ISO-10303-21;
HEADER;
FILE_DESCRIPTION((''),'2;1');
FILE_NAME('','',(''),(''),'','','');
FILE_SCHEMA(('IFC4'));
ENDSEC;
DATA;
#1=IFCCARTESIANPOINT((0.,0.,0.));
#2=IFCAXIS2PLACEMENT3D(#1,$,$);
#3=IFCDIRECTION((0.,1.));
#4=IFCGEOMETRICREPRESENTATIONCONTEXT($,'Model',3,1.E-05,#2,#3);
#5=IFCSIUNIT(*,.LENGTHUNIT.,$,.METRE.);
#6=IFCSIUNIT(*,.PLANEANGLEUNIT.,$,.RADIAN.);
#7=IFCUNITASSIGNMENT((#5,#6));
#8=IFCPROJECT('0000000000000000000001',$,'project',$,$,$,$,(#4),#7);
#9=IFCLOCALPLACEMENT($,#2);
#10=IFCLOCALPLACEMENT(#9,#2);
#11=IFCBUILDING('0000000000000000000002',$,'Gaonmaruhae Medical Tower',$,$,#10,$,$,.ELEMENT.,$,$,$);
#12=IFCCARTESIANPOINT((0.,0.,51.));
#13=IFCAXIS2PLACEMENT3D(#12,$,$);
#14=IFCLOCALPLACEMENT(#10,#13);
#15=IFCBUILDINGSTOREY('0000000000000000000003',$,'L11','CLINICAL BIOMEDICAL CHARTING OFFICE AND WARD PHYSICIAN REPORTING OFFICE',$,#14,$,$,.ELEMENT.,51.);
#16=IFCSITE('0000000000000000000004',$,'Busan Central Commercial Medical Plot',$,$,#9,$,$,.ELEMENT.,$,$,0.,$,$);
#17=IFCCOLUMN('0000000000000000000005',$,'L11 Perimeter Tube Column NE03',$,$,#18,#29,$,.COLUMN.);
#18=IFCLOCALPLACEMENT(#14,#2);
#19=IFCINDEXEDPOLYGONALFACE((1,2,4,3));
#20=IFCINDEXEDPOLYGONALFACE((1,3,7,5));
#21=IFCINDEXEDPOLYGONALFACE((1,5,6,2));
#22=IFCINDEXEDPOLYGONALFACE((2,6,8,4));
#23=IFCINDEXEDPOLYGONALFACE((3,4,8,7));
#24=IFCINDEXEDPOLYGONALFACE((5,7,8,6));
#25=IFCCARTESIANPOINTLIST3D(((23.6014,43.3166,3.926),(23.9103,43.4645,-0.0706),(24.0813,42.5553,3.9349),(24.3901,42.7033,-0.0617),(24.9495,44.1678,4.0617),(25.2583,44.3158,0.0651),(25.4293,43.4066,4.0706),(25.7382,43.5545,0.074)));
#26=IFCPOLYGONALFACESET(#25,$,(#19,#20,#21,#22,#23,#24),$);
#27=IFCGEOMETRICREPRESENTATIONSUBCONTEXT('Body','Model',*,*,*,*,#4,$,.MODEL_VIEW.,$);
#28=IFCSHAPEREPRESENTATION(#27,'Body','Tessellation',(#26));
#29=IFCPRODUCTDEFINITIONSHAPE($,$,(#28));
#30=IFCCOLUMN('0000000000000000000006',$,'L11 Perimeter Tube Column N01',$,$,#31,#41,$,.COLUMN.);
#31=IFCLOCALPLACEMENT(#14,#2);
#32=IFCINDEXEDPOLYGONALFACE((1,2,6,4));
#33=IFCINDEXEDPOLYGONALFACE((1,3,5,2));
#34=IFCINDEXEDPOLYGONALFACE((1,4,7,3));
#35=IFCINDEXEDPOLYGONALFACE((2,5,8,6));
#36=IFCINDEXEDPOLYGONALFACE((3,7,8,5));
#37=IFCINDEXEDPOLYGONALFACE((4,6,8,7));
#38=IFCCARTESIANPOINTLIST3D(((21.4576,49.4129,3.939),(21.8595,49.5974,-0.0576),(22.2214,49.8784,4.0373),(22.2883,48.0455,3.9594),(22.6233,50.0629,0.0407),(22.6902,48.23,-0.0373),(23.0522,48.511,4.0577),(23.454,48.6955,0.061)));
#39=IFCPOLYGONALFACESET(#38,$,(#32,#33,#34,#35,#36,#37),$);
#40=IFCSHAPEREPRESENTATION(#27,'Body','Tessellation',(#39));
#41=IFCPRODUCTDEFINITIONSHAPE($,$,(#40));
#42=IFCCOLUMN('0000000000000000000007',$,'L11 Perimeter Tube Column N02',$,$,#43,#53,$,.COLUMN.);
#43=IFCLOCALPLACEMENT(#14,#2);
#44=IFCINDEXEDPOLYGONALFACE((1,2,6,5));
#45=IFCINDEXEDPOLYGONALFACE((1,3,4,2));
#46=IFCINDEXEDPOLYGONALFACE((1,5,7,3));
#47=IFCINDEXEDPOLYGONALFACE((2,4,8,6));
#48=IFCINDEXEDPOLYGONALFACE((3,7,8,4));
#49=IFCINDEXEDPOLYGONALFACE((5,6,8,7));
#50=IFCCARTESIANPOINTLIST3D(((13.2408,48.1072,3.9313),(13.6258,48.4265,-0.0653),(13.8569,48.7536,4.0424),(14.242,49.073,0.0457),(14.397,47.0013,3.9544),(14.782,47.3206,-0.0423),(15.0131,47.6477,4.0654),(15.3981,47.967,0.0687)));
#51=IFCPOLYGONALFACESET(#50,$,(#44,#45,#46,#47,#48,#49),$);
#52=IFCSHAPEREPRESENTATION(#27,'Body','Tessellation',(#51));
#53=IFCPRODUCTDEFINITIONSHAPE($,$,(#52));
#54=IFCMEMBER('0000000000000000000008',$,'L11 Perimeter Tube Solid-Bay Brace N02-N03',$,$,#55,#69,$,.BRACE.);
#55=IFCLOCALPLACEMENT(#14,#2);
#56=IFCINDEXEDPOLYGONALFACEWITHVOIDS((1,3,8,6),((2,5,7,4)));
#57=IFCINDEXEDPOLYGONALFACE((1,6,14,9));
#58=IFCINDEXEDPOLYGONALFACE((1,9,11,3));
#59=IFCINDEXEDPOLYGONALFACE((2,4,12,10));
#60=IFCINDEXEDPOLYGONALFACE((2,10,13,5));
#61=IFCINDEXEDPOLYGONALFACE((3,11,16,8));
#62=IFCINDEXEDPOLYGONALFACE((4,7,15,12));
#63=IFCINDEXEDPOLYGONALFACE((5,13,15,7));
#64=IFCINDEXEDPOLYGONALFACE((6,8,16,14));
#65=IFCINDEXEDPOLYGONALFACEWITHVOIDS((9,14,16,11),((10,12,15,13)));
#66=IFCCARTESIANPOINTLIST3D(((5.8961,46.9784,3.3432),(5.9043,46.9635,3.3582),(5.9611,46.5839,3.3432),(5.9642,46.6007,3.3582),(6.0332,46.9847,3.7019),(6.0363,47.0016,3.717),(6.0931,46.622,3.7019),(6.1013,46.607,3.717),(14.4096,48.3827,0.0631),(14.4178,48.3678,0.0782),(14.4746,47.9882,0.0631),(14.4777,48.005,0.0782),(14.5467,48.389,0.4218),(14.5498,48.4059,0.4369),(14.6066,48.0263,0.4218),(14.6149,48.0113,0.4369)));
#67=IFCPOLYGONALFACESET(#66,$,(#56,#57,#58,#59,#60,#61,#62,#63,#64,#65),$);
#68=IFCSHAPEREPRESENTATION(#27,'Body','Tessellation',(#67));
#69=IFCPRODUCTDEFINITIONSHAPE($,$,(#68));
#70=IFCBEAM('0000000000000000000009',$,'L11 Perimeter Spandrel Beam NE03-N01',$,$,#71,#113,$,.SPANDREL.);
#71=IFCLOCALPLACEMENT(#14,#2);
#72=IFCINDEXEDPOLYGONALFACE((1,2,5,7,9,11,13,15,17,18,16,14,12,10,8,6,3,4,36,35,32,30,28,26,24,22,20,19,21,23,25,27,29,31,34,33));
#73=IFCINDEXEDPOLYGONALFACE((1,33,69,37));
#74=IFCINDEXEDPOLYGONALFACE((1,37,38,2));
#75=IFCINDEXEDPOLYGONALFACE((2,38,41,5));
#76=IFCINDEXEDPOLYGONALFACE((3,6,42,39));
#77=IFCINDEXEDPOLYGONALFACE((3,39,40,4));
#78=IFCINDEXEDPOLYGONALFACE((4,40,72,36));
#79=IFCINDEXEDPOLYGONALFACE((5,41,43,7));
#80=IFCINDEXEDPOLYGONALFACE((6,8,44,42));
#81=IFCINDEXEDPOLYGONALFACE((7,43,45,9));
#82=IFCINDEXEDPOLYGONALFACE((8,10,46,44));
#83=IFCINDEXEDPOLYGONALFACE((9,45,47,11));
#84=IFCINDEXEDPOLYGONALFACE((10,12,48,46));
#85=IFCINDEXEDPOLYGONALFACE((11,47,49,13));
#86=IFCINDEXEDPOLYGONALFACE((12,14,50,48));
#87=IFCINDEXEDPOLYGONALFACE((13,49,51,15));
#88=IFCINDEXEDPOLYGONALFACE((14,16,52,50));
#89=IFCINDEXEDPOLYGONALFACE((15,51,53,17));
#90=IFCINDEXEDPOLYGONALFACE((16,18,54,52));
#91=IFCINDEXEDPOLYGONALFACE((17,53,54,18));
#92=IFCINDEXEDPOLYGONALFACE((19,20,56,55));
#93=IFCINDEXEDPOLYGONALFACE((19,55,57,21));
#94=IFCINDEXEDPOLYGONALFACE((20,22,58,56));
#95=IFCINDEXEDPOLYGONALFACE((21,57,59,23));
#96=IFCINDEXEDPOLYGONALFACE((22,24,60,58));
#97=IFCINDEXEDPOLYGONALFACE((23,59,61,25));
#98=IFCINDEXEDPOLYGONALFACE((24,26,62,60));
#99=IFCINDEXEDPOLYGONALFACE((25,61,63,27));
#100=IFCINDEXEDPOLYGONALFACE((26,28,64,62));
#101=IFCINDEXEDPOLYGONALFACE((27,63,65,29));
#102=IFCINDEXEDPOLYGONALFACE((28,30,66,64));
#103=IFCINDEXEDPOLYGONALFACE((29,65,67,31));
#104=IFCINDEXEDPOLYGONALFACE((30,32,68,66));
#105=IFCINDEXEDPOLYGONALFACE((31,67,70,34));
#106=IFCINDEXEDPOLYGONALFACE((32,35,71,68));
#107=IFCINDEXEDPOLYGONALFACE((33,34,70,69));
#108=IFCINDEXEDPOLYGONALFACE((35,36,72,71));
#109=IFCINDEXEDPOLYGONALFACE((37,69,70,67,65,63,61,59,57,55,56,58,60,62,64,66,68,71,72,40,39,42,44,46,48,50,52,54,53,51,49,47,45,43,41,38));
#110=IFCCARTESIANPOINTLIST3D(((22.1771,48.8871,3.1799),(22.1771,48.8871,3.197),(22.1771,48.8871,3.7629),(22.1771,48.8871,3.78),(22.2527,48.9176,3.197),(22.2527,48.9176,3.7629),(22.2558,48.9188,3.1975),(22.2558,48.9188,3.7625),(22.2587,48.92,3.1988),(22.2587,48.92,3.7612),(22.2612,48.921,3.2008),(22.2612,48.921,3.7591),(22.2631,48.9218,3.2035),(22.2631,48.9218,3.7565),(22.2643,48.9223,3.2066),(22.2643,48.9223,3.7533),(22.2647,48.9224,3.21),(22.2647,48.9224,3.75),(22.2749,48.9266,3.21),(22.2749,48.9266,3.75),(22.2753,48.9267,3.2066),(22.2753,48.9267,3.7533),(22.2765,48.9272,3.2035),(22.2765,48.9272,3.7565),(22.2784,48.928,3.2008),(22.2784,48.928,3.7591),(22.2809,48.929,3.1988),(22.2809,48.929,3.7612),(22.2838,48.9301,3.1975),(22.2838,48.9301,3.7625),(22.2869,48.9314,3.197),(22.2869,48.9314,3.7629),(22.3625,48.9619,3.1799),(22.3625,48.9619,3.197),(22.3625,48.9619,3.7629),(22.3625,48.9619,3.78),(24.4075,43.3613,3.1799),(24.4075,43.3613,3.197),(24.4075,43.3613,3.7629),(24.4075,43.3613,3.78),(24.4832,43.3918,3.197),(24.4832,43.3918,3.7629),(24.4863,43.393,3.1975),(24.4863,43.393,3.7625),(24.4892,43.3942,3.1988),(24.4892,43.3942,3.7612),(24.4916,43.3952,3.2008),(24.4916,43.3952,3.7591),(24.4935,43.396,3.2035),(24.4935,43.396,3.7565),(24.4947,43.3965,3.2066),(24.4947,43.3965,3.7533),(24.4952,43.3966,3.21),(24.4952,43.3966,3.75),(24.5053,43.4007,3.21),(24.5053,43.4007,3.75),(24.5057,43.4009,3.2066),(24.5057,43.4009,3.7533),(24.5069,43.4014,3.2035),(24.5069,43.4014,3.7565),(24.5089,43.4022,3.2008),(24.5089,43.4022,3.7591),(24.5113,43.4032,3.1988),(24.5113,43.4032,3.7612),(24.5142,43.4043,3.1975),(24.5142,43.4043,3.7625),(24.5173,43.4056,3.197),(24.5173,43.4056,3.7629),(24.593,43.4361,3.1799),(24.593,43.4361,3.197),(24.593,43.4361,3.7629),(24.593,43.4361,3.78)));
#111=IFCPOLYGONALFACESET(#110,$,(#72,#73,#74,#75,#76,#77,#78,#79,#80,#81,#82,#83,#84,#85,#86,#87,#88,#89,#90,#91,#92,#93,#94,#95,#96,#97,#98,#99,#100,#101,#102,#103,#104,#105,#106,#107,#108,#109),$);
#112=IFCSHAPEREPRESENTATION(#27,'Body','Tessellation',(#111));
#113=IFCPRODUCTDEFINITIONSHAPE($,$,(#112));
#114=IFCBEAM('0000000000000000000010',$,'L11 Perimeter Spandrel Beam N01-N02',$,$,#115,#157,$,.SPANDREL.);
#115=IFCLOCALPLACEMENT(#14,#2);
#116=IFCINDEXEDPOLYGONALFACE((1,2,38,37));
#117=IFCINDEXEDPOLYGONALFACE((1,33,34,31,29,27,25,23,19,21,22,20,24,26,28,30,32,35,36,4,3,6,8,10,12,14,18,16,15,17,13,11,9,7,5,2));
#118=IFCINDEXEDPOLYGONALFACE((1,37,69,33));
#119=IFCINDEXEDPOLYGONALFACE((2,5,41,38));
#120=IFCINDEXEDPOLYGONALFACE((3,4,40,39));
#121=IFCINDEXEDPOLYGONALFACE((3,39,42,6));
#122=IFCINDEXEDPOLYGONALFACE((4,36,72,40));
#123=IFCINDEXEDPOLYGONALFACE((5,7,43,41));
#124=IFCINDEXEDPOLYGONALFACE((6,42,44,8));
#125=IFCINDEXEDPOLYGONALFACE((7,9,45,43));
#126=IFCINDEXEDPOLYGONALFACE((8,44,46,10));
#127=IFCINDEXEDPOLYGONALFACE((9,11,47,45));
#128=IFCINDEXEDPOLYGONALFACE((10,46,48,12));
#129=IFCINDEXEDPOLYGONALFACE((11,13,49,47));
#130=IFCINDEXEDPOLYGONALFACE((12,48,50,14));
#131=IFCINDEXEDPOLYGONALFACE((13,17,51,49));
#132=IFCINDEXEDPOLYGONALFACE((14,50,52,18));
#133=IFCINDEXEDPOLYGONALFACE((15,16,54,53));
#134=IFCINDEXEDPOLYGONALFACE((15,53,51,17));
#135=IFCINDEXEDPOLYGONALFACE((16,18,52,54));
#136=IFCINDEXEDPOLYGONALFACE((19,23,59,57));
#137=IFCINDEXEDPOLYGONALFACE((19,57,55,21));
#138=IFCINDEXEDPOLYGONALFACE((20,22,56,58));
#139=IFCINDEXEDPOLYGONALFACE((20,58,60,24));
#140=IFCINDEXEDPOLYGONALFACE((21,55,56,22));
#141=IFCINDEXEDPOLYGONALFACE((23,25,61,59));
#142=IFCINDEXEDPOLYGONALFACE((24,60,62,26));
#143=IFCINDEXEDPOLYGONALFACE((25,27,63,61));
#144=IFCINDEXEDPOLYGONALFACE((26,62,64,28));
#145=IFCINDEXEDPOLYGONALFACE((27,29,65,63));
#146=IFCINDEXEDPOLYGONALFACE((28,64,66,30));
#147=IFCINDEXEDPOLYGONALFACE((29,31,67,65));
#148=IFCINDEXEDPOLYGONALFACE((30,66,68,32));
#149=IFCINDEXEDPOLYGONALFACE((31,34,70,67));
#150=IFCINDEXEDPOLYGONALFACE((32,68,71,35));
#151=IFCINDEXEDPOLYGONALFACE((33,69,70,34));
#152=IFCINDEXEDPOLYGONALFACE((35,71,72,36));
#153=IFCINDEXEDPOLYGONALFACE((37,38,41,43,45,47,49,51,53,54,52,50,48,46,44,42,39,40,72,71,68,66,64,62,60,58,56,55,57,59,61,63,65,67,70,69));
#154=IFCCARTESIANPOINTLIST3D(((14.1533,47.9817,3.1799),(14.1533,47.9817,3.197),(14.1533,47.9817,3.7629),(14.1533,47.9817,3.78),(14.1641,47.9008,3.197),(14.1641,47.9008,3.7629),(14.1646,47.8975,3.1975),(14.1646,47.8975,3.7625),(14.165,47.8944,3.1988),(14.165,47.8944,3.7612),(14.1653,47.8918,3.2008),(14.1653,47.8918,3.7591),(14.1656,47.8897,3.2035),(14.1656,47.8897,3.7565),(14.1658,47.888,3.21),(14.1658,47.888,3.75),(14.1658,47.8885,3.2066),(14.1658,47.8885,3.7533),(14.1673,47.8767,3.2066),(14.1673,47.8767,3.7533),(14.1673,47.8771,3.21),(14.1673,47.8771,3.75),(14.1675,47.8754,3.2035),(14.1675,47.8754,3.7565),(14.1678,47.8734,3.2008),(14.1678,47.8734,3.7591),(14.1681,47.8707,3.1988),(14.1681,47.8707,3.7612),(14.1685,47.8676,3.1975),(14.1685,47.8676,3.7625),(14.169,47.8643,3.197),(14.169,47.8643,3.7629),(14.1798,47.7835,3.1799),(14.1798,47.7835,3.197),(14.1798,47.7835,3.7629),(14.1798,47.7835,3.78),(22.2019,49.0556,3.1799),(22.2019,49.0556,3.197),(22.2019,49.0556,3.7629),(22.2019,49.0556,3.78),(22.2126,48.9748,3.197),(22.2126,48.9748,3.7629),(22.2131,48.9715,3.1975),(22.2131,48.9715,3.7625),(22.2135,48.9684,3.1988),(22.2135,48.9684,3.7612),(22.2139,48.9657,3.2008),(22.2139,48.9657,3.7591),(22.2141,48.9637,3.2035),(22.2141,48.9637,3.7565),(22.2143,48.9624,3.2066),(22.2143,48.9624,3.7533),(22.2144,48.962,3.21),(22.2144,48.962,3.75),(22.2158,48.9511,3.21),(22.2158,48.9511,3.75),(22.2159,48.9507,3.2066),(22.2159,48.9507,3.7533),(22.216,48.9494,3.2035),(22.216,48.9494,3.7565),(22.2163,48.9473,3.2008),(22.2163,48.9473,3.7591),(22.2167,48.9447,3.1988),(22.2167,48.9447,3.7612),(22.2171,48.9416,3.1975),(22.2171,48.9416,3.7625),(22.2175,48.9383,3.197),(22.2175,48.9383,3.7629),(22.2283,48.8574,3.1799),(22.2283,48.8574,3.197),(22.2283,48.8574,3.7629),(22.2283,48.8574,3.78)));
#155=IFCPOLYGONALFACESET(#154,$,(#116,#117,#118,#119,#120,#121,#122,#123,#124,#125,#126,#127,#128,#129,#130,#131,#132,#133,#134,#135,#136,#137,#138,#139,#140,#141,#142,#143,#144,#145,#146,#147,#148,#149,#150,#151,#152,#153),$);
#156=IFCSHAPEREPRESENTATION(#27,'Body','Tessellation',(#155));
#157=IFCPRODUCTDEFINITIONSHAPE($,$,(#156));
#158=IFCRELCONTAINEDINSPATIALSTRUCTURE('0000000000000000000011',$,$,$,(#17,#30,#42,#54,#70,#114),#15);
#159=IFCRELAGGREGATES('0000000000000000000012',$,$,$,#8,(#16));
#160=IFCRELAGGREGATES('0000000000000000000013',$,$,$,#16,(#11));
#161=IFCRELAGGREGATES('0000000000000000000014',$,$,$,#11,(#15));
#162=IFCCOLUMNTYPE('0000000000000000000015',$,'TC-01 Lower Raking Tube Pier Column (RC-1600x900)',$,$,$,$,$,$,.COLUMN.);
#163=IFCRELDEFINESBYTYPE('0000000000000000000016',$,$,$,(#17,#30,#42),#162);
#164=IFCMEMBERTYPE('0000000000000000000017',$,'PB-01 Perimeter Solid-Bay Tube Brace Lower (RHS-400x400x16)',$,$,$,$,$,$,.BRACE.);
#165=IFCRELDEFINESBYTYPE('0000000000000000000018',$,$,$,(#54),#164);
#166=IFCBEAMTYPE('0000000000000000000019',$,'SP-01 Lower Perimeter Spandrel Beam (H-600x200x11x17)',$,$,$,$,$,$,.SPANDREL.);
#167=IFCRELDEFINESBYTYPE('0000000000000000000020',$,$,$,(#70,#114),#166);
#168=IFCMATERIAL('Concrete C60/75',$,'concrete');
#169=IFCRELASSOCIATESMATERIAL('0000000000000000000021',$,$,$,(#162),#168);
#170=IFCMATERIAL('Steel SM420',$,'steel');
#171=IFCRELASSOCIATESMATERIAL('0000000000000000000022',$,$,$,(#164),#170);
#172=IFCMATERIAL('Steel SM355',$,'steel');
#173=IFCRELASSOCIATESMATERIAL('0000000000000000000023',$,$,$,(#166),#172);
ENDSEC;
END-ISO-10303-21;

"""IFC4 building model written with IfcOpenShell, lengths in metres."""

from ifc_helpers import new_model, si_unit, direction, frame, origin, origin_2d, place, context, subcontext, project, spatial, rectangle, hollow_rectangle, i_section, extrude, material, material_profile, profile_set, type_object, element, save


model = new_model("IFC4")

# Units and contexts
model_context = context("Model", 3, precision=1e-05, world=origin(), true_north=direction((0.0, 1.0)))
body_context = subcontext(model_context, "Body", "Model", "MODEL_VIEW")
ifc_project = project(units=[si_unit("LENGTHUNIT", "METRE"), si_unit("PLANEANGLEUNIT", "RADIAN")], contexts=[model_context])

# Site, building, storey
site_placement = place(None, origin())
site = spatial("IfcSite", under=ifc_project, at=site_placement, Name="Busan Central Commercial Medical Plot", CompositionType="ELEMENT", RefElevation=0.0)
building_placement = place(site_placement, origin())
building = spatial("IfcBuilding", under=site, at=building_placement, Name="Gaonmaruhae Medical Tower", CompositionType="ELEMENT")
storey_placement = place(building_placement, frame((0.0, 0.0, 51.0)))
storey = spatial("IfcBuildingStorey", under=building, at=storey_placement, Name="L11", Description="CLINICAL BIOMEDICAL CHARTING OFFICE AND WARD PHYSICIAN REPORTING OFFICE", CompositionType="ELEMENT", Elevation=51.0)

# Columns
ifc_material_1 = material(Name="Concrete C60/75", Category="concrete")
ifc_material_profile_1 = material_profile(ifc_material_1, rectangle(XDim=1.6001, YDim=0.8999, at=origin_2d()), Name="RC-1600x900")
ifc_profile_set_1 = profile_set([ifc_material_profile_1], Name="Concrete C60/75")
column_type = type_object("IfcColumnType", Name="TC-01 Lower Raking Tube Pier Column (RC-1600x900)", PredefinedType="COLUMN", material=ifc_profile_set_1)
column_1_placement = place(storey_placement, frame((24.8242, 43.5095, 0.0017), z_axis=(-0.076993, -0.036884, 0.996349), x_axis=(0.842487, 0.532001, 0.084798)))
element("IfcColumn", 1, at=column_1_placement, inside=storey, type_object=column_type, Name="L11 Perimeter Tube Column NE03", PredefinedType="COLUMN", context=body_context, shape_type="SweptSolid", body=[
    extrude(rectangle(XDim=1.6001, YDim=0.8999, at=origin_2d()), origin(), (0.0, 0.0, 1.0), 4.0112),
])
column_2_placement = place(storey_placement, frame((22.6567, 49.1465, 0.0017), z_axis=(-0.09994, -0.045902, 0.993934), x_axis=(0.519166, -0.854579, 0.012736)))
element("IfcColumn", 2, at=column_2_placement, inside=storey, type_object=column_type, Name="L11 Perimeter Tube Column N01", PredefinedType="COLUMN", context=body_context, shape_type="SweptSolid", body=[
    extrude(rectangle(XDim=1.6001, YDim=0.8999, at=origin_2d()), origin(), (0.0, 0.0, 1.0), 4.021),
])
column_3_placement = place(storey_placement, frame((14.512, 48.1968, 0.0017), z_axis=(-0.095589, -0.079284, 0.992258), x_axis=(0.722555, -0.691163, 0.014382)))
element("IfcColumn", 3, at=column_3_placement, inside=storey, type_object=column_type, Name="L11 Perimeter Tube Column N02", PredefinedType="COLUMN", context=body_context, shape_type="SweptSolid", body=[
    extrude(rectangle(XDim=1.6001, YDim=0.8999, at=origin_2d()), origin(), (0.0, 0.0, 1.0), 4.0278),
])

# Member
ifc_material_2 = material(Name="Steel SM420", Category="steel")
ifc_material_profile_2 = material_profile(ifc_material_2, hollow_rectangle(XDim=0.3999, YDim=0.3999, WallThickness=0.0161, at=origin_2d()), Name="RHS-400x400x16")
ifc_profile_set_2 = profile_set([ifc_material_profile_2], Name="Steel SM420")
member_type = type_object("IfcMemberType", Name="PB-01 Perimeter Solid-Bay Tube Brace Lower (RHS-400x400x16)", PredefinedType="BRACE", material=ifc_profile_set_2)
member_placement = place(storey_placement, frame((14.5122, 48.197, 0.25), z_axis=(-0.922277, -0.15213, 0.355332), x_axis=(0.162752, -0.986667, 0.0)))
element("IfcMember", 4, at=member_placement, inside=storey, type_object=member_type, Name="L11 Perimeter Tube Solid-Bay Brace N02-N03", PredefinedType="BRACE", context=body_context, shape_type="SweptSolid", body=[
    extrude(hollow_rectangle(XDim=0.3999, YDim=0.3999, WallThickness=0.0161, at=origin_2d()), origin(), (0.0, 0.0, 1.0), 9.231),
])

# Beams
ifc_material_3 = material(Name="Steel SM355", Category="steel")
ifc_material_profile_3 = material_profile(ifc_material_3, i_section(OverallWidth=0.2, OverallDepth=0.6001, WebThickness=0.011, FlangeThickness=0.0171, FilletRadius=0.0129, at=origin_2d()), Name="H-600x200x11x17")
ifc_profile_set_3 = profile_set([ifc_material_profile_3], Name="Steel SM355")
beam_type = type_object("IfcBeamType", Name="SP-01 Lower Perimeter Spandrel Beam (H-600x200x11x17)", PredefinedType="SPANDREL", material=ifc_profile_set_3)
beam_placement = place(storey_placement, frame((24.5002, 43.3987, 3.48), z_axis=(-0.374299, 0.927308, 0.0), x_axis=(-0.927308, -0.374299, 0.0)))
element("IfcBeam", 5, at=beam_placement, inside=storey, type_object=beam_type, Name="L11 Perimeter Spandrel Beam NE03-N01", PredefinedType="SPANDREL", context=body_context, shape_type="SweptSolid", body=[
    extrude(i_section(OverallWidth=0.2, OverallDepth=0.6001, WebThickness=0.011, FlangeThickness=0.0171, FilletRadius=0.0129, at=origin_2d()), origin(), (0.0, 0.0, 1.0), 5.959),
])
for number, where, z_axis, x_axis, name in (
    (6, (22.2151, 48.9565, 3.48), (-0.991215, -0.132264, 0.0), (0.132264, -0.991215, 0.0), "L11 Perimeter Spandrel Beam N01-N02"),
):
    element("IfcBeam", number, at=place(storey_placement, frame(where, z_axis=z_axis, x_axis=x_axis)), inside=storey, type_object=beam_type, Name=name, PredefinedType="SPANDREL", context=body_context, shape_type="SweptSolid", body=[
        extrude(i_section(OverallWidth=0.2, OverallDepth=0.6001, WebThickness=0.011, FlangeThickness=0.0171, FilletRadius=0.0129, at=origin_2d()), origin(), (0.0, 0.0, 1.0), 8.1199),
    ])

save(model, "model.ifc")
